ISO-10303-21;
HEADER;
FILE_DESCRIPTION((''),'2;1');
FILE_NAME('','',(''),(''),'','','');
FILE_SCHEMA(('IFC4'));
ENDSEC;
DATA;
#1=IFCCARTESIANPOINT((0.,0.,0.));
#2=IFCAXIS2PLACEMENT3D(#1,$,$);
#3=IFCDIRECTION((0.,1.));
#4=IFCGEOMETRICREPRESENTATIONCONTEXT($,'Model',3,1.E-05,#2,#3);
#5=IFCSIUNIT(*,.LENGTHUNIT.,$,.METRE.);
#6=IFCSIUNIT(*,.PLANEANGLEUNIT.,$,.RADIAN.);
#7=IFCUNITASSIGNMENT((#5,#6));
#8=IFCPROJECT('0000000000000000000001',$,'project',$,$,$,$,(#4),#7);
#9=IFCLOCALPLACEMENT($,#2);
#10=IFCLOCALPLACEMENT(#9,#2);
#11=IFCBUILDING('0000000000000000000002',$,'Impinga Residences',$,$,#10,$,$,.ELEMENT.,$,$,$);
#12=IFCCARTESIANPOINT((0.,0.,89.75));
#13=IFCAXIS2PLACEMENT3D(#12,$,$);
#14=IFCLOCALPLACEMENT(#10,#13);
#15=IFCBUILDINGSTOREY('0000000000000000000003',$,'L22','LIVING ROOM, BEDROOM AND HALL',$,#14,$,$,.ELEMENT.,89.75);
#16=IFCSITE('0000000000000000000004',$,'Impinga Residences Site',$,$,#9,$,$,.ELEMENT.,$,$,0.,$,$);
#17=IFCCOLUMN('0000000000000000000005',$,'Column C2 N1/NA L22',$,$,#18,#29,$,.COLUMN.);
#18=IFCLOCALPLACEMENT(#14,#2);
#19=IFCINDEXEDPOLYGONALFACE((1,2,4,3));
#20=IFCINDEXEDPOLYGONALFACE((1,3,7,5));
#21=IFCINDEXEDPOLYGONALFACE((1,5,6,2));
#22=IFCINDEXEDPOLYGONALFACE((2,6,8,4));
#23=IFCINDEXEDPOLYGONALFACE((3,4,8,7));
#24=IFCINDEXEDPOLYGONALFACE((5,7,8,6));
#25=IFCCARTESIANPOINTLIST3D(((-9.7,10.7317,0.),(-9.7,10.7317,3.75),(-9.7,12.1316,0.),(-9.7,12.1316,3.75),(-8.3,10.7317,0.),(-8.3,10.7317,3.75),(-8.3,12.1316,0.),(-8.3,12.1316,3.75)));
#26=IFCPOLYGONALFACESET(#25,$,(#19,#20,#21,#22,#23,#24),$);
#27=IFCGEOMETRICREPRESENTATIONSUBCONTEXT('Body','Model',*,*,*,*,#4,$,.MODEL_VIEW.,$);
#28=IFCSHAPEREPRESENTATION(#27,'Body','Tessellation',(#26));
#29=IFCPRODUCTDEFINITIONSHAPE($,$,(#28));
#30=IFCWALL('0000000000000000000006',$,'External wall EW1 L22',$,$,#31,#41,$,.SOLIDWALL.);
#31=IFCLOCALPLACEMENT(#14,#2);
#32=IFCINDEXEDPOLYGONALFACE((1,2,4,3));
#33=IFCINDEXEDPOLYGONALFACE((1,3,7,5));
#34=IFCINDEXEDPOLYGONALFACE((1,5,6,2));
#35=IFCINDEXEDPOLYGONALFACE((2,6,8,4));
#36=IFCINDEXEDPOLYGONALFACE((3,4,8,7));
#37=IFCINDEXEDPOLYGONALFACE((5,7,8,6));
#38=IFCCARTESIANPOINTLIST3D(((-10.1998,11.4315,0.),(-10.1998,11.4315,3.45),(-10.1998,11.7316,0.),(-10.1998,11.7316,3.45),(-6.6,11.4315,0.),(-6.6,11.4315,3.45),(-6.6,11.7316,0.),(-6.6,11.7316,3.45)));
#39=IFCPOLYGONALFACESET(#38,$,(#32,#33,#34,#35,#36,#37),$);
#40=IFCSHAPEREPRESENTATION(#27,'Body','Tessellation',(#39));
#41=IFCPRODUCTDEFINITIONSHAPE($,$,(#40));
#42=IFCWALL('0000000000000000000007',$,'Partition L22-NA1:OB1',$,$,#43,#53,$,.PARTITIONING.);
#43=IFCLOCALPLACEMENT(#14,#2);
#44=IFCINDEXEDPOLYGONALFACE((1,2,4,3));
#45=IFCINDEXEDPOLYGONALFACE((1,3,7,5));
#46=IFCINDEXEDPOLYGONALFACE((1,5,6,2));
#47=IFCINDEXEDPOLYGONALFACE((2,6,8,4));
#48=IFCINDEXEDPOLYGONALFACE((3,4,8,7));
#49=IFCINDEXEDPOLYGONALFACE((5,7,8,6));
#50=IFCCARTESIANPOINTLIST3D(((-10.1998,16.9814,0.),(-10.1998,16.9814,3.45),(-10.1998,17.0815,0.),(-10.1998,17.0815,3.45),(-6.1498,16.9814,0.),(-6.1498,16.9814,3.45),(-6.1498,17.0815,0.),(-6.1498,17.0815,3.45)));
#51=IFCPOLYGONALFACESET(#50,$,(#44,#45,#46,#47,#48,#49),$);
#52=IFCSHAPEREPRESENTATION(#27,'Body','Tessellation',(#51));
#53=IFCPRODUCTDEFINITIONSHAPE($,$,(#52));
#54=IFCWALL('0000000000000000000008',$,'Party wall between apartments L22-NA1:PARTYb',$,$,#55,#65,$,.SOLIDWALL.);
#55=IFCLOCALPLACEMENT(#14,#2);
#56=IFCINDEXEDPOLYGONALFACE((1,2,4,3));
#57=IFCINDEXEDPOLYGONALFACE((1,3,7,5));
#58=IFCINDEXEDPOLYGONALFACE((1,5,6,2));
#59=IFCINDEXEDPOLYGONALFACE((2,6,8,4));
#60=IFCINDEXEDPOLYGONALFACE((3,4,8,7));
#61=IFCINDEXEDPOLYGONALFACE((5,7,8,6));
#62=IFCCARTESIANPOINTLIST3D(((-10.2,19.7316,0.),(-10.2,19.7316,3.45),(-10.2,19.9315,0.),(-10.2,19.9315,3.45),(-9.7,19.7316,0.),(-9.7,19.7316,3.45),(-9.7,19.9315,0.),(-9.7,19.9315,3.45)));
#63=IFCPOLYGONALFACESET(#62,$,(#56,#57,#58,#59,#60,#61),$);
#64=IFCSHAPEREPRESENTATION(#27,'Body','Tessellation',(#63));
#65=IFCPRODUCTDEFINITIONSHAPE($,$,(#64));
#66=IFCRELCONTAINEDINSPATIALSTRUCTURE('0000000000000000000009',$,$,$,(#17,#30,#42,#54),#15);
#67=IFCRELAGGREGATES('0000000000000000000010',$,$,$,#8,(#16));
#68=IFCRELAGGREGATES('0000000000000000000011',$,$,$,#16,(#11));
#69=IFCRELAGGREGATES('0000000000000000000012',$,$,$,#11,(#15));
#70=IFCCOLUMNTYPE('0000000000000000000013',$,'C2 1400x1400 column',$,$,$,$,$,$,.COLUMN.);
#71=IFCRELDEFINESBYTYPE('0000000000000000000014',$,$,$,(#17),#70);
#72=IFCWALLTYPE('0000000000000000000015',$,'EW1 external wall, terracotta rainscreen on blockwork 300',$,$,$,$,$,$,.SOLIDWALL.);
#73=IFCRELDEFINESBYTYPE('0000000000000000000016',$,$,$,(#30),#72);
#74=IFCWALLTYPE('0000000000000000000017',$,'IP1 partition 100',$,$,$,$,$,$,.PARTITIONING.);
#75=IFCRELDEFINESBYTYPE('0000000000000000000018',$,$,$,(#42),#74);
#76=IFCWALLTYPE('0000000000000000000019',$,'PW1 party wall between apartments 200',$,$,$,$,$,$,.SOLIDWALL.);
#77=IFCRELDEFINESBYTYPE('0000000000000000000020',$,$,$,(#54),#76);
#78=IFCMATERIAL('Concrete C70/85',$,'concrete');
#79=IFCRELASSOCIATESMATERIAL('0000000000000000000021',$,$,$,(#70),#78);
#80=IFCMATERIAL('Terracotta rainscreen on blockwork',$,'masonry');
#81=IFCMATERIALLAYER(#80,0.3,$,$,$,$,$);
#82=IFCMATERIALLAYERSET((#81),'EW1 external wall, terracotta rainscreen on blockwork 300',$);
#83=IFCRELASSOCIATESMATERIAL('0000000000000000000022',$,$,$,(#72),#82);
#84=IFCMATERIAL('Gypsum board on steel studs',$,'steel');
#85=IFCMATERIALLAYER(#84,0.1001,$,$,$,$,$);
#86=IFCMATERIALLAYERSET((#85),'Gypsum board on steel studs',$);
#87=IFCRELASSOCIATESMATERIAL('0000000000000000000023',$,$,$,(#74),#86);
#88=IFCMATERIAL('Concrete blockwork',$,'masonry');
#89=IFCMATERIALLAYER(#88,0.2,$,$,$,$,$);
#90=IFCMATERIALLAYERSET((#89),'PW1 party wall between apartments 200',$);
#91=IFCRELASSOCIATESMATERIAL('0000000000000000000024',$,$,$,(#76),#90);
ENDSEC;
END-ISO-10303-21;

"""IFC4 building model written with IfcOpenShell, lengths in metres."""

from ifc_helpers import new_model, si_unit, direction, frame, frame_2d, origin, origin_2d, place, context, subcontext, project, spatial, rectangle, extrude, material, layer, layer_set, material_profile, profile_set, type_object, element, save


model = new_model("IFC4")

# Units and contexts
model_context = context("Model", 3, precision=1e-05, world=origin(), true_north=direction((0.0, 1.0)))
body_context = subcontext(model_context, "Body", "Model", "MODEL_VIEW")
ifc_project = project(units=[si_unit("LENGTHUNIT", "METRE"), si_unit("PLANEANGLEUNIT", "RADIAN")], contexts=[model_context])

# Site, building, storey
site_placement = place(None, origin())
site = spatial("IfcSite", under=ifc_project, at=site_placement, Name="Impinga Residences Site", CompositionType="ELEMENT", RefElevation=0.0)
building_placement = place(site_placement, origin())
building = spatial("IfcBuilding", under=site, at=building_placement, Name="Impinga Residences", CompositionType="ELEMENT")
storey_placement = place(building_placement, frame((0.0, 0.0, 89.75)))
storey = spatial("IfcBuildingStorey", under=building, at=storey_placement, Name="L22", Description="LIVING ROOM, BEDROOM AND HALL", CompositionType="ELEMENT", Elevation=89.75)

# Column
ifc_material_1 = material(Name="Concrete C70/85", Category="concrete")
ifc_material_profile = material_profile(ifc_material_1, rectangle(XDim=1.3999, YDim=1.3999, at=origin_2d()), Name="RC 1400x1400")
ifc_profile_set = profile_set([ifc_material_profile], Name="Concrete C70/85")
column_type = type_object("IfcColumnType", Name="C2 1400x1400 column", PredefinedType="COLUMN", material=ifc_profile_set)
column_placement = place(storey_placement, frame((-9.0, 11.4316, 0.0), z_axis=(0.0, 0.0, 1.0), x_axis=(1.0, 0.0, 0.0)))
element("IfcColumn", 1, at=column_placement, inside=storey, type_object=column_type, Name="Column C2 N1/NA L22", PredefinedType="COLUMN", context=body_context, shape_type="SweptSolid", body=[
    extrude(rectangle(XDim=1.3999, YDim=1.3999, at=origin_2d()), origin(), (0.0, 0.0, 1.0), 3.75),
])

# Wall
ifc_material_2 = material(Name="Terracotta rainscreen on blockwork", Category="masonry")
ifc_layer_1 = layer(ifc_material_2, 0.3)
ifc_layer_set_1 = layer_set([ifc_layer_1], Name="EW1 external wall, terracotta rainscreen on blockwork 300")
wall_type_1 = type_object("IfcWallType", Name="EW1 external wall, terracotta rainscreen on blockwork 300", PredefinedType="SOLIDWALL", material=ifc_layer_set_1)
wall_1_placement = place(storey_placement, frame((-6.6001, 11.5815, 0.0), z_axis=(0.0, 0.0, 1.0), x_axis=(-1.0, 0.0, 0.0)))
element("IfcWall", 2, at=wall_1_placement, inside=storey, type_object=wall_type_1, Name="External wall EW1 L22", PredefinedType="SOLIDWALL", context=body_context, shape_type="SweptSolid", body=[
    extrude(rectangle(XDim=3.5999, YDim=0.3, at=frame_2d((1.7998, 0.0))), origin(), (0.0, 0.0, 1.0), 3.45),
])

# Walls
ifc_material_3 = material(Name="Gypsum board on steel studs", Category="steel")
ifc_layer_2 = layer(ifc_material_3, 0.1001)
ifc_layer_set_2 = layer_set([ifc_layer_2], Name="Gypsum board on steel studs")
wall_type_2 = type_object("IfcWallType", Name="IP1 partition 100", PredefinedType="PARTITIONING", material=ifc_layer_set_2)
wall_2_placement = place(storey_placement, frame((-6.1499, 17.0315, 0.0), z_axis=(0.0, 0.0, 1.0), x_axis=(-1.0, 0.0, 0.0)))
element("IfcWall", 3, at=wall_2_placement, inside=storey, type_object=wall_type_2, Name="Partition L22-NA1:OB1", PredefinedType="PARTITIONING", context=body_context, shape_type="SweptSolid", body=[
    extrude(rectangle(XDim=4.05, YDim=0.1001, at=frame_2d((2.0249, 0.0))), origin(), (0.0, 0.0, 1.0), 3.45),
])
ifc_material_4 = material(Name="Concrete blockwork", Category="masonry")
ifc_layer_3 = layer(ifc_material_4, 0.2)
ifc_layer_set_3 = layer_set([ifc_layer_3], Name="PW1 party wall between apartments 200")
wall_type_3 = type_object("IfcWallType", Name="PW1 party wall between apartments 200", PredefinedType="SOLIDWALL", material=ifc_layer_set_3)
wall_3_placement = place(storey_placement, frame((-9.7, 19.8315, 0.0), z_axis=(0.0, 0.0, 1.0), x_axis=(-1.0, 0.0, 0.0)))
element("IfcWall", 4, at=wall_3_placement, inside=storey, type_object=wall_type_3, Name="Party wall between apartments L22-NA1:PARTYb", PredefinedType="SOLIDWALL", context=body_context, shape_type="SweptSolid", body=[
    extrude(rectangle(XDim=0.5, YDim=0.2, at=frame_2d((0.25, 0.0))), origin(), (0.0, 0.0, 1.0), 3.45),
])

save(model, "model.ifc")
